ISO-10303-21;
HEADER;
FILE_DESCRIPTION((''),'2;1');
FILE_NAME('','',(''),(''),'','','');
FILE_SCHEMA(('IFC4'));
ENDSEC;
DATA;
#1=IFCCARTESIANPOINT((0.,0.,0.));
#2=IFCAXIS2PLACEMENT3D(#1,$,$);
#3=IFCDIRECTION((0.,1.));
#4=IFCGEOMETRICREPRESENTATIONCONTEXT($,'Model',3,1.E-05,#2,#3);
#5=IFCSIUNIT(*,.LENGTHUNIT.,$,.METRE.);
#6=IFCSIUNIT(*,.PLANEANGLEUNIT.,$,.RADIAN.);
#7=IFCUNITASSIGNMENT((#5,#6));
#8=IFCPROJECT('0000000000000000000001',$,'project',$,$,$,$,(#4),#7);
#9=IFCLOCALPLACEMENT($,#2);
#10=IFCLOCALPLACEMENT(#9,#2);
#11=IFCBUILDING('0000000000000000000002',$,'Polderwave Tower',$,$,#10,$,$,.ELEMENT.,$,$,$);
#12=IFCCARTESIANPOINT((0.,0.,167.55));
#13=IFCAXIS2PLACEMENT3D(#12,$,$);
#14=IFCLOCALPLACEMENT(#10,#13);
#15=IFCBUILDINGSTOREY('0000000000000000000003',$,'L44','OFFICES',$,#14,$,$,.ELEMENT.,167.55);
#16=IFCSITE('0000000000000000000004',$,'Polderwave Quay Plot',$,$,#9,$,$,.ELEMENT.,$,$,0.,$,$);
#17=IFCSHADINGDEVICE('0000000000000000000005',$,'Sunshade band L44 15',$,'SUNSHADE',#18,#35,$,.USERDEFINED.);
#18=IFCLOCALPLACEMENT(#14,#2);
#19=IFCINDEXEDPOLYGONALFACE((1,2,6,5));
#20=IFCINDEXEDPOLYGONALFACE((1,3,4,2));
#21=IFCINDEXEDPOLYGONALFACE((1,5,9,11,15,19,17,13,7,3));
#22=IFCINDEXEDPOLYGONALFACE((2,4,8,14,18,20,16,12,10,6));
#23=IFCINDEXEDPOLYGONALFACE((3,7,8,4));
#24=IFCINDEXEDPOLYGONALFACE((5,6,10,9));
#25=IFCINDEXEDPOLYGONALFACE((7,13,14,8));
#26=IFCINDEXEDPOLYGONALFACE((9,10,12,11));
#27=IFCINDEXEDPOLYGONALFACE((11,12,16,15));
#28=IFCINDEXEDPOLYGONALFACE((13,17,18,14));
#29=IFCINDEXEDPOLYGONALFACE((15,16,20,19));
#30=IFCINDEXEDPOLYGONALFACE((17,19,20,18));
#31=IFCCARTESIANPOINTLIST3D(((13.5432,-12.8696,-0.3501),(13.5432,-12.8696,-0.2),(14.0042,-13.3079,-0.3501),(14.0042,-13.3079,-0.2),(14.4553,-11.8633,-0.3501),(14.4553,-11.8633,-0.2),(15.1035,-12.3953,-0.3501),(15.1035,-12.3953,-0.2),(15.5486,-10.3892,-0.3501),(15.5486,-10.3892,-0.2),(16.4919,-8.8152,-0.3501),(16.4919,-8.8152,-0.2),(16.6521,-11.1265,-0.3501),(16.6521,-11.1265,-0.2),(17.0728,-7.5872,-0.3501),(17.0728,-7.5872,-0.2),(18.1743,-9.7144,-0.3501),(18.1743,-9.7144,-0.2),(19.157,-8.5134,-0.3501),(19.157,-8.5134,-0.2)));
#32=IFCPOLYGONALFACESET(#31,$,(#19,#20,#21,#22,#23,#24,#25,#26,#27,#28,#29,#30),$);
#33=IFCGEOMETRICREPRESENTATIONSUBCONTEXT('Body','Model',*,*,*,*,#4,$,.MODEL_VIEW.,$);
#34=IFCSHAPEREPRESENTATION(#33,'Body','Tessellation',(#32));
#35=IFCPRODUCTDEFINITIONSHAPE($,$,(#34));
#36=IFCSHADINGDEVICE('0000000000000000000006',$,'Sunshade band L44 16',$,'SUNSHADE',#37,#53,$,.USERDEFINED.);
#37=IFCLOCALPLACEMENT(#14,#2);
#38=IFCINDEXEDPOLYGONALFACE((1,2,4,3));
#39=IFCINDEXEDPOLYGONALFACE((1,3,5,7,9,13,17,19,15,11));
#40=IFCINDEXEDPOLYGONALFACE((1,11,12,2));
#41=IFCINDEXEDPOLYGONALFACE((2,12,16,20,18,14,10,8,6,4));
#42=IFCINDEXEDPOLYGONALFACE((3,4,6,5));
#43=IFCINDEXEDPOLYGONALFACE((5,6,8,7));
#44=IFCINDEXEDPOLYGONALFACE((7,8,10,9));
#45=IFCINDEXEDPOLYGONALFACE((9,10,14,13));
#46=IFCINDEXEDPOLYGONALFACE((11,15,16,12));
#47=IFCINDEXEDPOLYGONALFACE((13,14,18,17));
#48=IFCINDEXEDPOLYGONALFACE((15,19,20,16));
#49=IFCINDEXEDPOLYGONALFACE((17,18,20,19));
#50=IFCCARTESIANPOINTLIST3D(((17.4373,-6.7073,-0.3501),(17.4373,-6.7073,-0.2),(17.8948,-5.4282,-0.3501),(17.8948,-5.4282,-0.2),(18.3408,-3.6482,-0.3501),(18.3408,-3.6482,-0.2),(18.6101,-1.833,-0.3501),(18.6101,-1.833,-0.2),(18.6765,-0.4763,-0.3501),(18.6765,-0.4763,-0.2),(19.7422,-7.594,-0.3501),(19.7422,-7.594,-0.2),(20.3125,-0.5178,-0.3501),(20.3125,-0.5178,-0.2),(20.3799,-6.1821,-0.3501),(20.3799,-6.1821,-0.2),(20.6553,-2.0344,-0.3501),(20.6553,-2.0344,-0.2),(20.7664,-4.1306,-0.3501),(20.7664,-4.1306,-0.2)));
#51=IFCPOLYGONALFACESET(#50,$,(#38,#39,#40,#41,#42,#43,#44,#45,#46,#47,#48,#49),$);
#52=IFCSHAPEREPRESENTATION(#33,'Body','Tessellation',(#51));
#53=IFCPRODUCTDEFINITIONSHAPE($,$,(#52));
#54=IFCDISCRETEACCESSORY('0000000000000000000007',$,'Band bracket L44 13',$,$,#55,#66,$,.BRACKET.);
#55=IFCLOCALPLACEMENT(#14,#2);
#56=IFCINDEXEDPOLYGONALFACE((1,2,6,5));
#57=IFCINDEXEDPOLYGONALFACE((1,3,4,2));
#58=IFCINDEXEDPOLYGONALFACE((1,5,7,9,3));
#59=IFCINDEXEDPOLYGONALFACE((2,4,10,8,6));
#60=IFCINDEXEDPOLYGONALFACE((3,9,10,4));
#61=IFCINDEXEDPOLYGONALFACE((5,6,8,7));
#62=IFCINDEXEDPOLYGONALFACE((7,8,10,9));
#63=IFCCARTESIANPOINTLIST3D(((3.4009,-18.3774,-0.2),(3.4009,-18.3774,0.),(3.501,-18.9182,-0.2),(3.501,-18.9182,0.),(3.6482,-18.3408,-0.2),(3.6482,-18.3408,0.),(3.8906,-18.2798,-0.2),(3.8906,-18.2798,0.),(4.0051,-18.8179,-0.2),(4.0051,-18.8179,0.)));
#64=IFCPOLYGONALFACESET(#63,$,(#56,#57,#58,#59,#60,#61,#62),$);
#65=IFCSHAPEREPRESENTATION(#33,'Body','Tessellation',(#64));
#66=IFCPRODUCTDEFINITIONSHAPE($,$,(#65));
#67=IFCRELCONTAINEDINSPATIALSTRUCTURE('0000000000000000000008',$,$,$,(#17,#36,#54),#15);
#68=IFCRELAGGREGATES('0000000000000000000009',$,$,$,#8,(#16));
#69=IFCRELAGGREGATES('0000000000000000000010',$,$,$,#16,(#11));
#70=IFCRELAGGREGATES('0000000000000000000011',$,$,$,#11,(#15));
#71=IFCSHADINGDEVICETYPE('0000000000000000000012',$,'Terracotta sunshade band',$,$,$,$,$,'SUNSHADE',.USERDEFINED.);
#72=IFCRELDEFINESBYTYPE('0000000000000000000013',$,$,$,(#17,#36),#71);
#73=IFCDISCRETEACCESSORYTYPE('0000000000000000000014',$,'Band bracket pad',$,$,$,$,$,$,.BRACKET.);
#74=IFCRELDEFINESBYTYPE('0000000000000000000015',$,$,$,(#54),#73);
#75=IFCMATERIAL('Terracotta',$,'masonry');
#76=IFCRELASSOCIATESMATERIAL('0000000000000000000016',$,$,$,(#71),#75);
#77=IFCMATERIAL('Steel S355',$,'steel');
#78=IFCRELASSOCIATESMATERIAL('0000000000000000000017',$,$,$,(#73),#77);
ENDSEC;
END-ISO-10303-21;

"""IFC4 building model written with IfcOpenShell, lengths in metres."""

from ifc_helpers import new_model, si_unit, direction, frame, origin, place, context, subcontext, project, spatial, polyline, outline, extrude, material, type_object, element, save


model = new_model("IFC4")

# Units and contexts
model_context = context("Model", 3, precision=1e-05, world=origin(), true_north=direction((0.0, 1.0)))
body_context = subcontext(model_context, "Body", "Model", "MODEL_VIEW")
ifc_project = project(units=[si_unit("LENGTHUNIT", "METRE"), si_unit("PLANEANGLEUNIT", "RADIAN")], contexts=[model_context])

# Site, building, storey
site_placement = place(None, origin())
site = spatial("IfcSite", under=ifc_project, at=site_placement, Name="Polderwave Quay Plot", CompositionType="ELEMENT", RefElevation=0.0)
building_placement = place(site_placement, origin())
building = spatial("IfcBuilding", under=site, at=building_placement, Name="Polderwave Tower", CompositionType="ELEMENT")
storey_placement = place(building_placement, frame((0.0, 0.0, 167.55)))
storey = spatial("IfcBuildingStorey", under=building, at=storey_placement, Name="L44", Description="OFFICES", CompositionType="ELEMENT", Elevation=167.55)

# Shared definitions
ifc_material_1 = material(Name="Steel S355", Category="steel")

# Shading devices
ifc_material_2 = material(Name="Terracotta", Category="masonry")
shading_device_type = type_object("IfcShadingDeviceType", Name="Terracotta sunshade band", ElementType="SUNSHADE", PredefinedType="USERDEFINED", material=ifc_material_2)
shading_device_1_placement = place(storey_placement, frame((0.0, 0.0, -0.3501)))
element("IfcShadingDevice", 1, at=shading_device_1_placement, inside=storey, type_object=shading_device_type, Name="Sunshade band L44 15", ObjectType="SUNSHADE", PredefinedType="USERDEFINED", context=body_context, shape_type="SweptSolid", body=[
    extrude(outline(polyline([(13.5432, -12.8696), (14.4553, -11.8633), (15.5486, -10.3892), (16.4919, -8.8152), (17.0728, -7.5872), (19.157, -8.5134), (18.1743, -9.7144), (16.6521, -11.1265), (15.1035, -12.3953), (14.0042, -13.3079), (13.5432, -12.8696)])), origin(), (0.0, 0.0, 1.0), 0.1501),
])
shading_device_2_placement = place(storey_placement, frame((0.0, 0.0, -0.3501)))
element("IfcShadingDevice", 2, at=shading_device_2_placement, inside=storey, type_object=shading_device_type, Name="Sunshade band L44 16", ObjectType="SUNSHADE", PredefinedType="USERDEFINED", context=body_context, shape_type="SweptSolid", body=[
    extrude(outline(polyline([(17.4373, -6.7073), (17.8948, -5.4282), (18.3408, -3.6482), (18.6101, -1.833), (18.6765, -0.4763), (20.3125, -0.5178), (20.6553, -2.0344), (20.7664, -4.1306), (20.3799, -6.1821), (19.7422, -7.594), (17.4373, -6.7073)])), origin(), (0.0, 0.0, 1.0), 0.1501),
])

# Discrete accessory
discrete_accessory_type = type_object("IfcDiscreteAccessoryType", Name="Band bracket pad", PredefinedType="BRACKET", material=ifc_material_1)
discrete_accessory_placement = place(storey_placement, frame((0.0, 0.0, -0.2)))
element("IfcDiscreteAccessory", 3, at=discrete_accessory_placement, inside=storey, type_object=discrete_accessory_type, Name="Band bracket L44 13", PredefinedType="BRACKET", context=body_context, shape_type="SweptSolid", body=[
    extrude(outline(polyline([(3.4009, -18.3774), (3.6482, -18.3408), (3.8906, -18.2798), (4.0051, -18.8179), (3.501, -18.9182), (3.4009, -18.3774)])), origin(), (0.0, 0.0, 1.0), 0.2),
])

save(model, "model.ifc")
